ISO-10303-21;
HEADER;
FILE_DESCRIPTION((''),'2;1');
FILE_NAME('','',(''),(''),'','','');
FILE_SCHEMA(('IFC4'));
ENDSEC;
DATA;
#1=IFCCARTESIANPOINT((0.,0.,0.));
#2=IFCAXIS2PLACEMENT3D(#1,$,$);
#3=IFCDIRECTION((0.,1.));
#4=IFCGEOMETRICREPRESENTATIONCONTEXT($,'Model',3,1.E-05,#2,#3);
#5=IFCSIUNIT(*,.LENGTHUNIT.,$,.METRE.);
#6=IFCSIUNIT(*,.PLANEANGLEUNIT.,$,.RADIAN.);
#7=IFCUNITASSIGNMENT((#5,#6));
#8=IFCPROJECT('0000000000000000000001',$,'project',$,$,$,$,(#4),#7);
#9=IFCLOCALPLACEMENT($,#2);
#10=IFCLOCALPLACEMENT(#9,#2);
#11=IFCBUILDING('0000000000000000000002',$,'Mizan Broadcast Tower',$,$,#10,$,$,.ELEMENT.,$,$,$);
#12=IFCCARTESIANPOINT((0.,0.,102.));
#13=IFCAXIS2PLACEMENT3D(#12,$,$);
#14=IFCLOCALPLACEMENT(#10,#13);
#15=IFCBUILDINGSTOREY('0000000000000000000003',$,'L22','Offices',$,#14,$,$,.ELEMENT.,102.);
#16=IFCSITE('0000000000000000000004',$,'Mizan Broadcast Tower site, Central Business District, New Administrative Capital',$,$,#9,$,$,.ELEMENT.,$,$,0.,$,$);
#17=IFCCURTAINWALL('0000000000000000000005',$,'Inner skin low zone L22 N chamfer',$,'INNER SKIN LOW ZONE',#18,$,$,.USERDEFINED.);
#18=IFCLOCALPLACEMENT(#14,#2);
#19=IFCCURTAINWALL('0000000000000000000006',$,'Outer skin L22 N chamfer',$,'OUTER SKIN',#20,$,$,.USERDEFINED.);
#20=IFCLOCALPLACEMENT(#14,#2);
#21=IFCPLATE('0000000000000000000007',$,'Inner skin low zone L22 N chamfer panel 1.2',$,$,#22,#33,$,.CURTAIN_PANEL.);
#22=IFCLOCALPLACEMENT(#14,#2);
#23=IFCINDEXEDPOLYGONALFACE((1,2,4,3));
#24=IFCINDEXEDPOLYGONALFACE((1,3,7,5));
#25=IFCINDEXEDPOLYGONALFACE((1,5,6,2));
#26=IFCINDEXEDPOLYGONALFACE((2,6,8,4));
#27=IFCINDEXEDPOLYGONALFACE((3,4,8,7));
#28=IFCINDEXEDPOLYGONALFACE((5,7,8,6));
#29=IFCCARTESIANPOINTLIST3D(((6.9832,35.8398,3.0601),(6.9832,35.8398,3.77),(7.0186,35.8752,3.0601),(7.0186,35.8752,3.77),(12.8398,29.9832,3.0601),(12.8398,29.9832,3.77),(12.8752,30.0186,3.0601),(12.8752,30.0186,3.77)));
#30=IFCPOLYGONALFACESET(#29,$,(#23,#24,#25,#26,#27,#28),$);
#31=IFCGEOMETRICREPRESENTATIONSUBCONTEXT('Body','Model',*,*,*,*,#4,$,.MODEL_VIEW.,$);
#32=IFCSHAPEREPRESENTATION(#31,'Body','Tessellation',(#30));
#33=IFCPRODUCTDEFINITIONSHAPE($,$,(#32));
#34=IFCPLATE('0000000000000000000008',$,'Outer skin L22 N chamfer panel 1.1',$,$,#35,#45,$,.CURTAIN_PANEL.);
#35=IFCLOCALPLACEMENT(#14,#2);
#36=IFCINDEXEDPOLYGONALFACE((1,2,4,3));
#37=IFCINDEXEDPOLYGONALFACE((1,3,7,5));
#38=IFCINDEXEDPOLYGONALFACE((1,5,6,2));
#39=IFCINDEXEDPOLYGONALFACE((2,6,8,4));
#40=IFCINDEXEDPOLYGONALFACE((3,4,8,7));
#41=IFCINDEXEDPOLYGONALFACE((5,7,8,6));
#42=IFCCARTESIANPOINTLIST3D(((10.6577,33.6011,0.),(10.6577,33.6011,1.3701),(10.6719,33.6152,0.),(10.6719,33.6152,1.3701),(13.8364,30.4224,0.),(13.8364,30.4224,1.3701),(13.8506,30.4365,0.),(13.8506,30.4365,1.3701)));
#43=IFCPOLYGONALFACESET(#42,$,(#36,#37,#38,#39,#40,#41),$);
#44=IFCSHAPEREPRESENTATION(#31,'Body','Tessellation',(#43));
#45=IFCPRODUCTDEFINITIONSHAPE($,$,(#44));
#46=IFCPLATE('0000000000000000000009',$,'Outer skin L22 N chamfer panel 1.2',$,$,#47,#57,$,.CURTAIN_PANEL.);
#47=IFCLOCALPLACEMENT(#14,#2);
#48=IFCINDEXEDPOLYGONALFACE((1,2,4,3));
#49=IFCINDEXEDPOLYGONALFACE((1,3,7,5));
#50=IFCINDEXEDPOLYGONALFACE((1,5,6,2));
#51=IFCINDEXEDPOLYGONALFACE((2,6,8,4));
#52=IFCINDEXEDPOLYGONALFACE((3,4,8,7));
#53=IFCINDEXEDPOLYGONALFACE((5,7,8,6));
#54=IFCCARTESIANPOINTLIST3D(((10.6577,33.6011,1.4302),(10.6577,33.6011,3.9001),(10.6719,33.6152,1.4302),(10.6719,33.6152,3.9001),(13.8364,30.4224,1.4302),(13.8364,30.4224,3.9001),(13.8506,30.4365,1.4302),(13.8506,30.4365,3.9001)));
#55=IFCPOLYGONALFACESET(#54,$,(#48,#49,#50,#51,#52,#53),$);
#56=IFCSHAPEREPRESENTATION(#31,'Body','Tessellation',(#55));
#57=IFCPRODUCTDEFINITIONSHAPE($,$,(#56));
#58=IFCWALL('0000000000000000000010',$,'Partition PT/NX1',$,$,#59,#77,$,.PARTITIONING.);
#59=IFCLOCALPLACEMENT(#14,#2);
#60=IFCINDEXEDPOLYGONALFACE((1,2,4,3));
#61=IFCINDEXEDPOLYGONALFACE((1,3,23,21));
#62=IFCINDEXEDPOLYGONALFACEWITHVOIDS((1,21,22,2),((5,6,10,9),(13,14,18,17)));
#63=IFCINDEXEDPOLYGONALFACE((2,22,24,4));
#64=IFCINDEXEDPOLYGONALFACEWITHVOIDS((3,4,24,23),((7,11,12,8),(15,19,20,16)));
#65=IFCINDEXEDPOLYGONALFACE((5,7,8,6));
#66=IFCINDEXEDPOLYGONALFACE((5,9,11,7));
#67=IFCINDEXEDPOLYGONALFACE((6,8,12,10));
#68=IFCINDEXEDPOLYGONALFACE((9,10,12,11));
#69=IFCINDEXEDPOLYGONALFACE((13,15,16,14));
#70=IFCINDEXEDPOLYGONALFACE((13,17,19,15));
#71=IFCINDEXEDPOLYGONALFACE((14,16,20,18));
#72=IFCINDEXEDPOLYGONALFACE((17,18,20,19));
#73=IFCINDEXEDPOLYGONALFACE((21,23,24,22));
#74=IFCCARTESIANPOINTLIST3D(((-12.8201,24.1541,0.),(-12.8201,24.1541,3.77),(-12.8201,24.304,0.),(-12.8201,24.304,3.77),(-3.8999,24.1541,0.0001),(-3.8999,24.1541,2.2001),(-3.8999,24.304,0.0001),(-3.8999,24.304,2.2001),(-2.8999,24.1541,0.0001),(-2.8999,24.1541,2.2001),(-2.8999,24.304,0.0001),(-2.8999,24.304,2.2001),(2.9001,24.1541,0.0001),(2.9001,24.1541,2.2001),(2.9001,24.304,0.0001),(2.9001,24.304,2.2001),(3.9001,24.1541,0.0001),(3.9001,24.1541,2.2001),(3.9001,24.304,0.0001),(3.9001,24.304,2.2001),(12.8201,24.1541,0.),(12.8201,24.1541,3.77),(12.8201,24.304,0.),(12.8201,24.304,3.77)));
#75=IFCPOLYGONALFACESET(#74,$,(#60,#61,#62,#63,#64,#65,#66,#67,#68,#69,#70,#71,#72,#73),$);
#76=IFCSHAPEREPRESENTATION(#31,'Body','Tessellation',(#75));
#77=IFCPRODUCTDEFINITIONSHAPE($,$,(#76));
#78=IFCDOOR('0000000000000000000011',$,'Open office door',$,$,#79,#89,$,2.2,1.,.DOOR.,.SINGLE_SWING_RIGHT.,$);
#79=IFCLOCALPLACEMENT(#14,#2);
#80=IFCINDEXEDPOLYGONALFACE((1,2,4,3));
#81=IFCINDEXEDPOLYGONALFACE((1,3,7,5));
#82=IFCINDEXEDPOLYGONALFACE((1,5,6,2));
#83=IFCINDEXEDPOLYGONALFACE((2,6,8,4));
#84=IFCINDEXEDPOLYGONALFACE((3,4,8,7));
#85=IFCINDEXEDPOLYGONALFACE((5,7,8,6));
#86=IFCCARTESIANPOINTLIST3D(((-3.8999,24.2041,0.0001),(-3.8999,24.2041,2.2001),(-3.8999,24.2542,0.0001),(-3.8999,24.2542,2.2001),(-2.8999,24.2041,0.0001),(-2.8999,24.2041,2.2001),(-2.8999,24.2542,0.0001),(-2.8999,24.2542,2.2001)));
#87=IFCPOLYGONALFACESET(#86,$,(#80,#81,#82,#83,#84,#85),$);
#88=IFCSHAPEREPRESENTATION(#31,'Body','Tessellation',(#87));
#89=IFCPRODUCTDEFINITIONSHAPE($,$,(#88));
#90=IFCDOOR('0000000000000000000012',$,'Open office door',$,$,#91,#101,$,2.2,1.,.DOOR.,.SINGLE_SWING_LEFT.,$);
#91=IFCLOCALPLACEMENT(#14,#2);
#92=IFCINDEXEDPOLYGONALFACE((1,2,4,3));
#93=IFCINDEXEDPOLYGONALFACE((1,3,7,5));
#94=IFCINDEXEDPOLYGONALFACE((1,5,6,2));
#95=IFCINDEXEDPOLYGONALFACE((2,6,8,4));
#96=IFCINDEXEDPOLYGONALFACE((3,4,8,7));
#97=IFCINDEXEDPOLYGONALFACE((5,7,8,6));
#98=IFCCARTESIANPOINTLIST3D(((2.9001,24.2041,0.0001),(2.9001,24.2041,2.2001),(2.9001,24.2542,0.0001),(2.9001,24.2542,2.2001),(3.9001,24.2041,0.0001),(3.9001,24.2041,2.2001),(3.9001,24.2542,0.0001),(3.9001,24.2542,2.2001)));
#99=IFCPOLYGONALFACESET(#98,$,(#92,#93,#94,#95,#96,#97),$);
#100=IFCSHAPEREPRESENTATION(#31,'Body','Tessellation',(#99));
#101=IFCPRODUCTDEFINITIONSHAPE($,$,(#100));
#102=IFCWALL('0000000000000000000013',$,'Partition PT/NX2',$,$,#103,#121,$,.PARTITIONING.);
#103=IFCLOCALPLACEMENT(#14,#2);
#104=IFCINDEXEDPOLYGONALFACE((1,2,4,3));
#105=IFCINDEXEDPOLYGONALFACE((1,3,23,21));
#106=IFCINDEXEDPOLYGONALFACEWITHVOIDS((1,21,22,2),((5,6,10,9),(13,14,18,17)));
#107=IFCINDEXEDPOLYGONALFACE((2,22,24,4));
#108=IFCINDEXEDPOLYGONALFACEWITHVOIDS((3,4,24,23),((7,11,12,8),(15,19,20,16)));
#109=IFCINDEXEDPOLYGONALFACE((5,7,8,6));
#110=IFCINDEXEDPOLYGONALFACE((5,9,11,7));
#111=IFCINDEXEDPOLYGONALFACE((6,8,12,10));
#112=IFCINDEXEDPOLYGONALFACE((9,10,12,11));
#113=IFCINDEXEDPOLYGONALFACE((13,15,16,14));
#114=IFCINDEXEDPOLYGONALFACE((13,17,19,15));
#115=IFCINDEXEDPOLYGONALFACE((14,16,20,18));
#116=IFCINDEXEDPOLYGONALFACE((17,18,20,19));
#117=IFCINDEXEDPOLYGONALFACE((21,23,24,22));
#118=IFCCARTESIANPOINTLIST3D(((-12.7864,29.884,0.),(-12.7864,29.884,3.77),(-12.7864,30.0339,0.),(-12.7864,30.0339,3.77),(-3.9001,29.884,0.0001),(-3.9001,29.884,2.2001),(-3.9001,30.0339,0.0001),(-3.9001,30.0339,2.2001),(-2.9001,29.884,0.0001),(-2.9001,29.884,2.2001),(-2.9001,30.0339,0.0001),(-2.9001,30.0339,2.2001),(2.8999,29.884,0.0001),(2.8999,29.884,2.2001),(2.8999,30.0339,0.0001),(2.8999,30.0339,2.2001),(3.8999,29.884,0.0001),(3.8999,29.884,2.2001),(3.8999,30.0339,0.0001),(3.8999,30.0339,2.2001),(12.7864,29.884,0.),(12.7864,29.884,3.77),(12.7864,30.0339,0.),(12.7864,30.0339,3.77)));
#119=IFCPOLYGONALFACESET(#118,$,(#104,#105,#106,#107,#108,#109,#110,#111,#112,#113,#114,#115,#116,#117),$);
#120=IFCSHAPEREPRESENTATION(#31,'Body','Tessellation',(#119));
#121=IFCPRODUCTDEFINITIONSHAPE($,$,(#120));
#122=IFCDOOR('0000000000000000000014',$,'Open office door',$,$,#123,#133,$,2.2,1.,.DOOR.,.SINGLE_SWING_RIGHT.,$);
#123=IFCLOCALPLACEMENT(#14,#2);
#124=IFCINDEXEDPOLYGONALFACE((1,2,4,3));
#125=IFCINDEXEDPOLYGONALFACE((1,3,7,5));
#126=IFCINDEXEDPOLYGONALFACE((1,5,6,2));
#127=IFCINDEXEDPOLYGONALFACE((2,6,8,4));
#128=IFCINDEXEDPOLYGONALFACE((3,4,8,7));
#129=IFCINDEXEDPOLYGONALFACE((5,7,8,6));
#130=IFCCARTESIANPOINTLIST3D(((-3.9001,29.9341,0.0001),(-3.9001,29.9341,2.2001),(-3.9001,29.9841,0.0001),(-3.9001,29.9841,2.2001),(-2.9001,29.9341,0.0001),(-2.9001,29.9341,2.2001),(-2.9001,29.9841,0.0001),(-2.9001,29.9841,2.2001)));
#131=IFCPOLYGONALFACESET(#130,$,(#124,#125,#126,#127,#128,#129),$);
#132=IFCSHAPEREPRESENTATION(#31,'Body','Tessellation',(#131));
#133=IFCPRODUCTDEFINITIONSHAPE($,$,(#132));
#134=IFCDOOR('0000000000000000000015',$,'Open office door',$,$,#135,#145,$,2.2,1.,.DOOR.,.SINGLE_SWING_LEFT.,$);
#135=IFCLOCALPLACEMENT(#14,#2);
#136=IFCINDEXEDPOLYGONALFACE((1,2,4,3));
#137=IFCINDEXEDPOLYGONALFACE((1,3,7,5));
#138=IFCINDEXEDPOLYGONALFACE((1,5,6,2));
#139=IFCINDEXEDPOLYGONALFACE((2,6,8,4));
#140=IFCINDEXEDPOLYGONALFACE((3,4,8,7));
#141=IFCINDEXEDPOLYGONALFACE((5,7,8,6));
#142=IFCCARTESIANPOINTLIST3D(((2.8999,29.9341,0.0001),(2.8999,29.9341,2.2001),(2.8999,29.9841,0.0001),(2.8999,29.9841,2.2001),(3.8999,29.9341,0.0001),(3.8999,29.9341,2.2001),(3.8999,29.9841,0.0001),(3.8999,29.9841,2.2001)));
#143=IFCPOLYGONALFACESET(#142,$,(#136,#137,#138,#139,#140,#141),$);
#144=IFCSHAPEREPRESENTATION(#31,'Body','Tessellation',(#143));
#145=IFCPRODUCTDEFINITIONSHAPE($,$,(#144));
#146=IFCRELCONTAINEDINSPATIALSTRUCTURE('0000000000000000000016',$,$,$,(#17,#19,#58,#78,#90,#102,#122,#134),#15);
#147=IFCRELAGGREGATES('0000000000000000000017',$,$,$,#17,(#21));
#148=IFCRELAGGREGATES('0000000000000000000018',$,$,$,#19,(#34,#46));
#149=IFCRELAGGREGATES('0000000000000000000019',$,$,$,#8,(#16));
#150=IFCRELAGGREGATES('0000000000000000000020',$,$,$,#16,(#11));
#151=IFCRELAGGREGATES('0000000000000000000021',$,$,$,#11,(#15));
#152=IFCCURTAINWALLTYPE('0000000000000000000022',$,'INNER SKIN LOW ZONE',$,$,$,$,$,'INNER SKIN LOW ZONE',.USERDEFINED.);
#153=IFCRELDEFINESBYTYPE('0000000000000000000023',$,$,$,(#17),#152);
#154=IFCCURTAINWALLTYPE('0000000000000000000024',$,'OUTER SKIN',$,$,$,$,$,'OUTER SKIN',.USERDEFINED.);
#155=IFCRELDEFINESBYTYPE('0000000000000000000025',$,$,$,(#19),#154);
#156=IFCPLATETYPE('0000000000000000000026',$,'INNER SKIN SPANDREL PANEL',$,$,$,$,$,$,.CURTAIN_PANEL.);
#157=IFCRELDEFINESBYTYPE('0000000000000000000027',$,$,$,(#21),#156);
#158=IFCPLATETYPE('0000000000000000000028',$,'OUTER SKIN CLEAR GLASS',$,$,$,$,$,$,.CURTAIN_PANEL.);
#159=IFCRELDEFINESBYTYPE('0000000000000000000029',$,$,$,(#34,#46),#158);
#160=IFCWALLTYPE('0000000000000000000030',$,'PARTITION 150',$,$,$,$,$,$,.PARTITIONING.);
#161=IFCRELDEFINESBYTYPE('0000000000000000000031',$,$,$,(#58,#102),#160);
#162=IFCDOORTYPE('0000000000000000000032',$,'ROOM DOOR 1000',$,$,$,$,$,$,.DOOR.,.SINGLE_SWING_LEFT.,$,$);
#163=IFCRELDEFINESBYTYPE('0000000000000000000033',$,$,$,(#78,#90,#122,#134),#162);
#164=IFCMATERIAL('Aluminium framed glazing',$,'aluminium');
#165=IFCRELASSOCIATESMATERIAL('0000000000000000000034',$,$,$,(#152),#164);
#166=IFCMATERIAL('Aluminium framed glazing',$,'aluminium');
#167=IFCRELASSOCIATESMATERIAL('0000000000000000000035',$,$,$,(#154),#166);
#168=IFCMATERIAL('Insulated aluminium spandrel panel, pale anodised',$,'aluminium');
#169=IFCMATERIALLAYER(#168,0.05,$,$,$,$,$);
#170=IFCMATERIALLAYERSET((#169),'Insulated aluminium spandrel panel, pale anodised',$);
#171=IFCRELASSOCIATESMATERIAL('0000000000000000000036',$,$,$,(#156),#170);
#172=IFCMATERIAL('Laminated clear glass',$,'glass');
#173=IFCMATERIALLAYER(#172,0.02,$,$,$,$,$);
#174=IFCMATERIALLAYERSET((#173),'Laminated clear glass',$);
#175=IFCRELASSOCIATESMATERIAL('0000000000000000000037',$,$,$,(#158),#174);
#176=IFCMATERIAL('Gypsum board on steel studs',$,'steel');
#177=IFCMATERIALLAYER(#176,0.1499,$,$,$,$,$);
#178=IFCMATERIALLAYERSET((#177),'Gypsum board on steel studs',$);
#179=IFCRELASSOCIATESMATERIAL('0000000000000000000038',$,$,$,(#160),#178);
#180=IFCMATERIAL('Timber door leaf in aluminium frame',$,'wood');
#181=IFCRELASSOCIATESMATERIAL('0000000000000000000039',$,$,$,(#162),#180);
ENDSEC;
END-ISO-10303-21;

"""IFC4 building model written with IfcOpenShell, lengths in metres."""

from ifc_helpers import new_model, si_unit, direction, frame, frame_2d, origin, origin_2d, place, context, subcontext, project, spatial, rectangle, extrude, material, layer, layer_set, type_object, element, fill, aggregate, save


model = new_model("IFC4")

# Units and contexts
model_context = context("Model", 3, precision=1e-05, world=origin(), true_north=direction((0.0, 1.0)))
body_context = subcontext(model_context, "Body", "Model", "MODEL_VIEW")
ifc_project = project(units=[si_unit("LENGTHUNIT", "METRE"), si_unit("PLANEANGLEUNIT", "RADIAN")], contexts=[model_context])

# Site, building, storey
site_placement = place(None, origin())
site = spatial("IfcSite", under=ifc_project, at=site_placement, Name="Mizan Broadcast Tower site, Central Business District, New Administrative Capital", CompositionType="ELEMENT", RefElevation=0.0)
building_placement = place(site_placement, origin())
building = spatial("IfcBuilding", under=site, at=building_placement, Name="Mizan Broadcast Tower", CompositionType="ELEMENT")
storey_placement = place(building_placement, frame((0.0, 0.0, 102.0)))
storey = spatial("IfcBuildingStorey", under=building, at=storey_placement, Name="L22", Description="Offices", CompositionType="ELEMENT", Elevation=102.0)

# Shared definitions
ifc_material_1 = material(Name="Aluminium framed glazing", Category="aluminium")
curtain_wall_type_1 = type_object("IfcCurtainWallType", Name="INNER SKIN LOW ZONE", ElementType="INNER SKIN LOW ZONE", PredefinedType="USERDEFINED", material=ifc_material_1)

# Curtain wall
curtain_wall_1_placement = place(storey_placement, origin())
curtain_wall_1 = element("IfcCurtainWall", 1, at=curtain_wall_1_placement, inside=storey, type_object=curtain_wall_type_1, Name="Inner skin low zone L22 N chamfer", ObjectType="INNER SKIN LOW ZONE", PredefinedType="USERDEFINED")

# Curtain wall
ifc_material_2 = material(Name="Aluminium framed glazing", Category="aluminium")
curtain_wall_type_2 = type_object("IfcCurtainWallType", Name="OUTER SKIN", ElementType="OUTER SKIN", PredefinedType="USERDEFINED", material=ifc_material_2)
curtain_wall_2_placement = place(storey_placement, origin())
curtain_wall_2 = element("IfcCurtainWall", 2, at=curtain_wall_2_placement, inside=storey, type_object=curtain_wall_type_2, Name="Outer skin L22 N chamfer", ObjectType="OUTER SKIN", PredefinedType="USERDEFINED")

# Plates
ifc_material_3 = material(Name="Insulated aluminium spandrel panel, pale anodised", Category="aluminium")
ifc_layer_1 = layer(ifc_material_3, 0.05)
ifc_layer_set_1 = layer_set([ifc_layer_1], Name="Insulated aluminium spandrel panel, pale anodised")
plate_type_1 = type_object("IfcPlateType", Name="INNER SKIN SPANDREL PANEL", PredefinedType="CURTAIN_PANEL", material=ifc_layer_set_1)
plate_1_placement = place(storey_placement, frame((9.9292, 32.9292, 3.0601), z_axis=(0.0, 0.0, 1.0), x_axis=(-0.707107, 0.707107, 0.0)))
plate_1 = element("IfcPlate", 3, at=plate_1_placement, type_object=plate_type_1, Name="Inner skin low zone L22 N chamfer panel 1.2", PredefinedType="CURTAIN_PANEL", context=body_context, shape_type="SweptSolid", body=[
    extrude(rectangle(XDim=8.2825, YDim=0.05, at=origin_2d()), origin(), (0.0, 0.0, 1.0), 0.71),
])
aggregate(curtain_wall_1, [plate_1])
ifc_material_4 = material(Name="Laminated clear glass", Category="glass")
ifc_layer_2 = layer(ifc_material_4, 0.02)
ifc_layer_set_2 = layer_set([ifc_layer_2], Name="Laminated clear glass")
plate_type_2 = type_object("IfcPlateType", Name="OUTER SKIN CLEAR GLASS", PredefinedType="CURTAIN_PANEL", material=ifc_layer_set_2)
plate_2_placement = place(storey_placement, frame((12.2542, 32.0188, 0.0), z_axis=(0.0, 0.0, 1.0), x_axis=(-0.707107, 0.707107, 0.0)))
plate_2 = element("IfcPlate", 4, at=plate_2_placement, type_object=plate_type_2, Name="Outer skin L22 N chamfer panel 1.1", PredefinedType="CURTAIN_PANEL", context=body_context, shape_type="SweptSolid", body=[
    extrude(rectangle(XDim=4.4954, YDim=0.02, at=origin_2d()), origin(), (0.0, 0.0, 1.0), 1.3701),
])
plate_3_placement = place(storey_placement, frame((12.2542, 32.0188, 1.4302), z_axis=(0.0, 0.0, 1.0), x_axis=(-0.707107, 0.707107, 0.0)))
plate_3 = element("IfcPlate", 5, at=plate_3_placement, type_object=plate_type_2, Name="Outer skin L22 N chamfer panel 1.2", PredefinedType="CURTAIN_PANEL", context=body_context, shape_type="SweptSolid", body=[
    extrude(rectangle(XDim=4.4954, YDim=0.02, at=origin_2d()), origin(), (0.0, 0.0, 1.0), 2.47),
])
aggregate(curtain_wall_2, [plate_2, plate_3])

# Walls, openings, doors
ifc_material_5 = material(Name="Gypsum board on steel studs", Category="steel")
ifc_layer_3 = layer(ifc_material_5, 0.1499)
ifc_layer_set_3 = layer_set([ifc_layer_3], Name="Gypsum board on steel studs")
wall_type = type_object("IfcWallType", Name="PARTITION 150", PredefinedType="PARTITIONING", material=ifc_layer_set_3)
wall_1_placement = place(storey_placement, frame((12.8201, 24.229, 0.0), z_axis=(0.0, 0.0, 1.0), x_axis=(-1.0, 0.0, 0.0)))
wall_1 = element("IfcWall", 6, at=wall_1_placement, inside=storey, type_object=wall_type, Name="Partition PT/NX1", PredefinedType="PARTITIONING", context=body_context, shape_type="SweptSolid", body=[
    extrude(rectangle(XDim=25.6401, YDim=0.1499, at=frame_2d((12.8201, 0.0))), origin(), (0.0, 0.0, 1.0), 3.77),
])
opening_1_placement = place(wall_1_placement, frame((15.72, 0.0, 0.0)))
opening_1 = element("IfcOpeningElement", 7, at=opening_1_placement, cuts=wall_1, PredefinedType="OPENING", context=body_context, shape_type="SweptSolid", body=[
    extrude(rectangle(XDim=1.0, YDim=2.2, at=frame_2d((0.5, 1.1001))), frame((0.0, 0.085, 0.0), z_axis=(0.0, -1.0, 0.0), x_axis=(1.0, 0.0, 0.0)), (0.0, 0.0, 1.0), 0.1699),
])
opening_2_placement = place(wall_1_placement, frame((8.9199, 0.0, 0.0)))
opening_2 = element("IfcOpeningElement", 8, at=opening_2_placement, cuts=wall_1, PredefinedType="OPENING", context=body_context, shape_type="SweptSolid", body=[
    extrude(rectangle(XDim=1.0, YDim=2.2, at=frame_2d((0.5, 1.1001))), frame((0.0, 0.085, 0.0), z_axis=(0.0, -1.0, 0.0), x_axis=(1.0, 0.0, 0.0)), (0.0, 0.0, 1.0), 0.1699),
])
ifc_material_6 = material(Name="Timber door leaf in aluminium frame", Category="wood")
door_type = type_object("IfcDoorType", Name="ROOM DOOR 1000", OperationType="SINGLE_SWING_LEFT", PredefinedType="DOOR", material=ifc_material_6)
door_1_placement = place(opening_1_placement, origin())
door_1 = element("IfcDoor", 9, at=door_1_placement, inside=storey, type_object=door_type, Name="Open office door", OperationType="SINGLE_SWING_RIGHT", OverallHeight=2.2, OverallWidth=1.0, PredefinedType="DOOR", context=body_context, shape_type="SweptSolid", body=[
    extrude(rectangle(XDim=1.0, YDim=2.2, at=frame_2d((0.5, 1.1001))), frame((0.0, 0.0249, 0.0), z_axis=(0.0, -1.0, 0.0), x_axis=(1.0, 0.0, 0.0)), (0.0, 0.0, 1.0), 0.05),
])
fill(opening_1, door_1)
door_2_placement = place(opening_2_placement, origin())
door_2 = element("IfcDoor", 10, at=door_2_placement, inside=storey, type_object=door_type, Name="Open office door", OperationType="SINGLE_SWING_LEFT", OverallHeight=2.2, OverallWidth=1.0, PredefinedType="DOOR", context=body_context, shape_type="SweptSolid", body=[
    extrude(rectangle(XDim=1.0, YDim=2.2, at=frame_2d((0.5, 1.1001))), frame((0.0, 0.0249, 0.0), z_axis=(0.0, -1.0, 0.0), x_axis=(1.0, 0.0, 0.0)), (0.0, 0.0, 1.0), 0.05),
])
fill(opening_2, door_2)
wall_2_placement = place(storey_placement, frame((12.7864, 29.959, 0.0), z_axis=(0.0, 0.0, 1.0), x_axis=(-1.0, 0.0, 0.0)))
wall_2 = element("IfcWall", 11, at=wall_2_placement, inside=storey, type_object=wall_type, Name="Partition PT/NX2", PredefinedType="PARTITIONING", context=body_context, shape_type="SweptSolid", body=[
    extrude(rectangle(XDim=25.5728, YDim=0.1499, at=frame_2d((12.7864, 0.0))), origin(), (0.0, 0.0, 1.0), 3.77),
])
opening_3_placement = place(wall_2_placement, frame((15.6865, 0.0, 0.0)))
opening_3 = element("IfcOpeningElement", 12, at=opening_3_placement, cuts=wall_2, PredefinedType="OPENING", context=body_context, shape_type="SweptSolid", body=[
    extrude(rectangle(XDim=1.0, YDim=2.2, at=frame_2d((0.5, 1.1001))), frame((0.0, 0.085, 0.0), z_axis=(0.0, -1.0, 0.0), x_axis=(1.0, 0.0, 0.0)), (0.0, 0.0, 1.0), 0.1699),
])
opening_4_placement = place(wall_2_placement, frame((8.8865, 0.0, 0.0)))
opening_4 = element("IfcOpeningElement", 13, at=opening_4_placement, cuts=wall_2, PredefinedType="OPENING", context=body_context, shape_type="SweptSolid", body=[
    extrude(rectangle(XDim=1.0, YDim=2.2, at=frame_2d((0.5, 1.1001))), frame((0.0, 0.085, 0.0), z_axis=(0.0, -1.0, 0.0), x_axis=(1.0, 0.0, 0.0)), (0.0, 0.0, 1.0), 0.1699),
])
door_3_placement = place(opening_3_placement, origin())
door_3 = element("IfcDoor", 14, at=door_3_placement, inside=storey, type_object=door_type, Name="Open office door", OperationType="SINGLE_SWING_RIGHT", OverallHeight=2.2, OverallWidth=1.0, PredefinedType="DOOR", context=body_context, shape_type="SweptSolid", body=[
    extrude(rectangle(XDim=1.0, YDim=2.2, at=frame_2d((0.5, 1.1001))), frame((0.0, 0.0249, 0.0), z_axis=(0.0, -1.0, 0.0), x_axis=(1.0, 0.0, 0.0)), (0.0, 0.0, 1.0), 0.05),
])
fill(opening_3, door_3)
door_4_placement = place(opening_4_placement, origin())
door_4 = element("IfcDoor", 15, at=door_4_placement, inside=storey, type_object=door_type, Name="Open office door", OperationType="SINGLE_SWING_LEFT", OverallHeight=2.2, OverallWidth=1.0, PredefinedType="DOOR", context=body_context, shape_type="SweptSolid", body=[
    extrude(rectangle(XDim=1.0, YDim=2.2, at=frame_2d((0.5, 1.1001))), frame((0.0, 0.0249, 0.0), z_axis=(0.0, -1.0, 0.0), x_axis=(1.0, 0.0, 0.0)), (0.0, 0.0, 1.0), 0.05),
])
fill(opening_4, door_4)

save(model, "model.ifc")
